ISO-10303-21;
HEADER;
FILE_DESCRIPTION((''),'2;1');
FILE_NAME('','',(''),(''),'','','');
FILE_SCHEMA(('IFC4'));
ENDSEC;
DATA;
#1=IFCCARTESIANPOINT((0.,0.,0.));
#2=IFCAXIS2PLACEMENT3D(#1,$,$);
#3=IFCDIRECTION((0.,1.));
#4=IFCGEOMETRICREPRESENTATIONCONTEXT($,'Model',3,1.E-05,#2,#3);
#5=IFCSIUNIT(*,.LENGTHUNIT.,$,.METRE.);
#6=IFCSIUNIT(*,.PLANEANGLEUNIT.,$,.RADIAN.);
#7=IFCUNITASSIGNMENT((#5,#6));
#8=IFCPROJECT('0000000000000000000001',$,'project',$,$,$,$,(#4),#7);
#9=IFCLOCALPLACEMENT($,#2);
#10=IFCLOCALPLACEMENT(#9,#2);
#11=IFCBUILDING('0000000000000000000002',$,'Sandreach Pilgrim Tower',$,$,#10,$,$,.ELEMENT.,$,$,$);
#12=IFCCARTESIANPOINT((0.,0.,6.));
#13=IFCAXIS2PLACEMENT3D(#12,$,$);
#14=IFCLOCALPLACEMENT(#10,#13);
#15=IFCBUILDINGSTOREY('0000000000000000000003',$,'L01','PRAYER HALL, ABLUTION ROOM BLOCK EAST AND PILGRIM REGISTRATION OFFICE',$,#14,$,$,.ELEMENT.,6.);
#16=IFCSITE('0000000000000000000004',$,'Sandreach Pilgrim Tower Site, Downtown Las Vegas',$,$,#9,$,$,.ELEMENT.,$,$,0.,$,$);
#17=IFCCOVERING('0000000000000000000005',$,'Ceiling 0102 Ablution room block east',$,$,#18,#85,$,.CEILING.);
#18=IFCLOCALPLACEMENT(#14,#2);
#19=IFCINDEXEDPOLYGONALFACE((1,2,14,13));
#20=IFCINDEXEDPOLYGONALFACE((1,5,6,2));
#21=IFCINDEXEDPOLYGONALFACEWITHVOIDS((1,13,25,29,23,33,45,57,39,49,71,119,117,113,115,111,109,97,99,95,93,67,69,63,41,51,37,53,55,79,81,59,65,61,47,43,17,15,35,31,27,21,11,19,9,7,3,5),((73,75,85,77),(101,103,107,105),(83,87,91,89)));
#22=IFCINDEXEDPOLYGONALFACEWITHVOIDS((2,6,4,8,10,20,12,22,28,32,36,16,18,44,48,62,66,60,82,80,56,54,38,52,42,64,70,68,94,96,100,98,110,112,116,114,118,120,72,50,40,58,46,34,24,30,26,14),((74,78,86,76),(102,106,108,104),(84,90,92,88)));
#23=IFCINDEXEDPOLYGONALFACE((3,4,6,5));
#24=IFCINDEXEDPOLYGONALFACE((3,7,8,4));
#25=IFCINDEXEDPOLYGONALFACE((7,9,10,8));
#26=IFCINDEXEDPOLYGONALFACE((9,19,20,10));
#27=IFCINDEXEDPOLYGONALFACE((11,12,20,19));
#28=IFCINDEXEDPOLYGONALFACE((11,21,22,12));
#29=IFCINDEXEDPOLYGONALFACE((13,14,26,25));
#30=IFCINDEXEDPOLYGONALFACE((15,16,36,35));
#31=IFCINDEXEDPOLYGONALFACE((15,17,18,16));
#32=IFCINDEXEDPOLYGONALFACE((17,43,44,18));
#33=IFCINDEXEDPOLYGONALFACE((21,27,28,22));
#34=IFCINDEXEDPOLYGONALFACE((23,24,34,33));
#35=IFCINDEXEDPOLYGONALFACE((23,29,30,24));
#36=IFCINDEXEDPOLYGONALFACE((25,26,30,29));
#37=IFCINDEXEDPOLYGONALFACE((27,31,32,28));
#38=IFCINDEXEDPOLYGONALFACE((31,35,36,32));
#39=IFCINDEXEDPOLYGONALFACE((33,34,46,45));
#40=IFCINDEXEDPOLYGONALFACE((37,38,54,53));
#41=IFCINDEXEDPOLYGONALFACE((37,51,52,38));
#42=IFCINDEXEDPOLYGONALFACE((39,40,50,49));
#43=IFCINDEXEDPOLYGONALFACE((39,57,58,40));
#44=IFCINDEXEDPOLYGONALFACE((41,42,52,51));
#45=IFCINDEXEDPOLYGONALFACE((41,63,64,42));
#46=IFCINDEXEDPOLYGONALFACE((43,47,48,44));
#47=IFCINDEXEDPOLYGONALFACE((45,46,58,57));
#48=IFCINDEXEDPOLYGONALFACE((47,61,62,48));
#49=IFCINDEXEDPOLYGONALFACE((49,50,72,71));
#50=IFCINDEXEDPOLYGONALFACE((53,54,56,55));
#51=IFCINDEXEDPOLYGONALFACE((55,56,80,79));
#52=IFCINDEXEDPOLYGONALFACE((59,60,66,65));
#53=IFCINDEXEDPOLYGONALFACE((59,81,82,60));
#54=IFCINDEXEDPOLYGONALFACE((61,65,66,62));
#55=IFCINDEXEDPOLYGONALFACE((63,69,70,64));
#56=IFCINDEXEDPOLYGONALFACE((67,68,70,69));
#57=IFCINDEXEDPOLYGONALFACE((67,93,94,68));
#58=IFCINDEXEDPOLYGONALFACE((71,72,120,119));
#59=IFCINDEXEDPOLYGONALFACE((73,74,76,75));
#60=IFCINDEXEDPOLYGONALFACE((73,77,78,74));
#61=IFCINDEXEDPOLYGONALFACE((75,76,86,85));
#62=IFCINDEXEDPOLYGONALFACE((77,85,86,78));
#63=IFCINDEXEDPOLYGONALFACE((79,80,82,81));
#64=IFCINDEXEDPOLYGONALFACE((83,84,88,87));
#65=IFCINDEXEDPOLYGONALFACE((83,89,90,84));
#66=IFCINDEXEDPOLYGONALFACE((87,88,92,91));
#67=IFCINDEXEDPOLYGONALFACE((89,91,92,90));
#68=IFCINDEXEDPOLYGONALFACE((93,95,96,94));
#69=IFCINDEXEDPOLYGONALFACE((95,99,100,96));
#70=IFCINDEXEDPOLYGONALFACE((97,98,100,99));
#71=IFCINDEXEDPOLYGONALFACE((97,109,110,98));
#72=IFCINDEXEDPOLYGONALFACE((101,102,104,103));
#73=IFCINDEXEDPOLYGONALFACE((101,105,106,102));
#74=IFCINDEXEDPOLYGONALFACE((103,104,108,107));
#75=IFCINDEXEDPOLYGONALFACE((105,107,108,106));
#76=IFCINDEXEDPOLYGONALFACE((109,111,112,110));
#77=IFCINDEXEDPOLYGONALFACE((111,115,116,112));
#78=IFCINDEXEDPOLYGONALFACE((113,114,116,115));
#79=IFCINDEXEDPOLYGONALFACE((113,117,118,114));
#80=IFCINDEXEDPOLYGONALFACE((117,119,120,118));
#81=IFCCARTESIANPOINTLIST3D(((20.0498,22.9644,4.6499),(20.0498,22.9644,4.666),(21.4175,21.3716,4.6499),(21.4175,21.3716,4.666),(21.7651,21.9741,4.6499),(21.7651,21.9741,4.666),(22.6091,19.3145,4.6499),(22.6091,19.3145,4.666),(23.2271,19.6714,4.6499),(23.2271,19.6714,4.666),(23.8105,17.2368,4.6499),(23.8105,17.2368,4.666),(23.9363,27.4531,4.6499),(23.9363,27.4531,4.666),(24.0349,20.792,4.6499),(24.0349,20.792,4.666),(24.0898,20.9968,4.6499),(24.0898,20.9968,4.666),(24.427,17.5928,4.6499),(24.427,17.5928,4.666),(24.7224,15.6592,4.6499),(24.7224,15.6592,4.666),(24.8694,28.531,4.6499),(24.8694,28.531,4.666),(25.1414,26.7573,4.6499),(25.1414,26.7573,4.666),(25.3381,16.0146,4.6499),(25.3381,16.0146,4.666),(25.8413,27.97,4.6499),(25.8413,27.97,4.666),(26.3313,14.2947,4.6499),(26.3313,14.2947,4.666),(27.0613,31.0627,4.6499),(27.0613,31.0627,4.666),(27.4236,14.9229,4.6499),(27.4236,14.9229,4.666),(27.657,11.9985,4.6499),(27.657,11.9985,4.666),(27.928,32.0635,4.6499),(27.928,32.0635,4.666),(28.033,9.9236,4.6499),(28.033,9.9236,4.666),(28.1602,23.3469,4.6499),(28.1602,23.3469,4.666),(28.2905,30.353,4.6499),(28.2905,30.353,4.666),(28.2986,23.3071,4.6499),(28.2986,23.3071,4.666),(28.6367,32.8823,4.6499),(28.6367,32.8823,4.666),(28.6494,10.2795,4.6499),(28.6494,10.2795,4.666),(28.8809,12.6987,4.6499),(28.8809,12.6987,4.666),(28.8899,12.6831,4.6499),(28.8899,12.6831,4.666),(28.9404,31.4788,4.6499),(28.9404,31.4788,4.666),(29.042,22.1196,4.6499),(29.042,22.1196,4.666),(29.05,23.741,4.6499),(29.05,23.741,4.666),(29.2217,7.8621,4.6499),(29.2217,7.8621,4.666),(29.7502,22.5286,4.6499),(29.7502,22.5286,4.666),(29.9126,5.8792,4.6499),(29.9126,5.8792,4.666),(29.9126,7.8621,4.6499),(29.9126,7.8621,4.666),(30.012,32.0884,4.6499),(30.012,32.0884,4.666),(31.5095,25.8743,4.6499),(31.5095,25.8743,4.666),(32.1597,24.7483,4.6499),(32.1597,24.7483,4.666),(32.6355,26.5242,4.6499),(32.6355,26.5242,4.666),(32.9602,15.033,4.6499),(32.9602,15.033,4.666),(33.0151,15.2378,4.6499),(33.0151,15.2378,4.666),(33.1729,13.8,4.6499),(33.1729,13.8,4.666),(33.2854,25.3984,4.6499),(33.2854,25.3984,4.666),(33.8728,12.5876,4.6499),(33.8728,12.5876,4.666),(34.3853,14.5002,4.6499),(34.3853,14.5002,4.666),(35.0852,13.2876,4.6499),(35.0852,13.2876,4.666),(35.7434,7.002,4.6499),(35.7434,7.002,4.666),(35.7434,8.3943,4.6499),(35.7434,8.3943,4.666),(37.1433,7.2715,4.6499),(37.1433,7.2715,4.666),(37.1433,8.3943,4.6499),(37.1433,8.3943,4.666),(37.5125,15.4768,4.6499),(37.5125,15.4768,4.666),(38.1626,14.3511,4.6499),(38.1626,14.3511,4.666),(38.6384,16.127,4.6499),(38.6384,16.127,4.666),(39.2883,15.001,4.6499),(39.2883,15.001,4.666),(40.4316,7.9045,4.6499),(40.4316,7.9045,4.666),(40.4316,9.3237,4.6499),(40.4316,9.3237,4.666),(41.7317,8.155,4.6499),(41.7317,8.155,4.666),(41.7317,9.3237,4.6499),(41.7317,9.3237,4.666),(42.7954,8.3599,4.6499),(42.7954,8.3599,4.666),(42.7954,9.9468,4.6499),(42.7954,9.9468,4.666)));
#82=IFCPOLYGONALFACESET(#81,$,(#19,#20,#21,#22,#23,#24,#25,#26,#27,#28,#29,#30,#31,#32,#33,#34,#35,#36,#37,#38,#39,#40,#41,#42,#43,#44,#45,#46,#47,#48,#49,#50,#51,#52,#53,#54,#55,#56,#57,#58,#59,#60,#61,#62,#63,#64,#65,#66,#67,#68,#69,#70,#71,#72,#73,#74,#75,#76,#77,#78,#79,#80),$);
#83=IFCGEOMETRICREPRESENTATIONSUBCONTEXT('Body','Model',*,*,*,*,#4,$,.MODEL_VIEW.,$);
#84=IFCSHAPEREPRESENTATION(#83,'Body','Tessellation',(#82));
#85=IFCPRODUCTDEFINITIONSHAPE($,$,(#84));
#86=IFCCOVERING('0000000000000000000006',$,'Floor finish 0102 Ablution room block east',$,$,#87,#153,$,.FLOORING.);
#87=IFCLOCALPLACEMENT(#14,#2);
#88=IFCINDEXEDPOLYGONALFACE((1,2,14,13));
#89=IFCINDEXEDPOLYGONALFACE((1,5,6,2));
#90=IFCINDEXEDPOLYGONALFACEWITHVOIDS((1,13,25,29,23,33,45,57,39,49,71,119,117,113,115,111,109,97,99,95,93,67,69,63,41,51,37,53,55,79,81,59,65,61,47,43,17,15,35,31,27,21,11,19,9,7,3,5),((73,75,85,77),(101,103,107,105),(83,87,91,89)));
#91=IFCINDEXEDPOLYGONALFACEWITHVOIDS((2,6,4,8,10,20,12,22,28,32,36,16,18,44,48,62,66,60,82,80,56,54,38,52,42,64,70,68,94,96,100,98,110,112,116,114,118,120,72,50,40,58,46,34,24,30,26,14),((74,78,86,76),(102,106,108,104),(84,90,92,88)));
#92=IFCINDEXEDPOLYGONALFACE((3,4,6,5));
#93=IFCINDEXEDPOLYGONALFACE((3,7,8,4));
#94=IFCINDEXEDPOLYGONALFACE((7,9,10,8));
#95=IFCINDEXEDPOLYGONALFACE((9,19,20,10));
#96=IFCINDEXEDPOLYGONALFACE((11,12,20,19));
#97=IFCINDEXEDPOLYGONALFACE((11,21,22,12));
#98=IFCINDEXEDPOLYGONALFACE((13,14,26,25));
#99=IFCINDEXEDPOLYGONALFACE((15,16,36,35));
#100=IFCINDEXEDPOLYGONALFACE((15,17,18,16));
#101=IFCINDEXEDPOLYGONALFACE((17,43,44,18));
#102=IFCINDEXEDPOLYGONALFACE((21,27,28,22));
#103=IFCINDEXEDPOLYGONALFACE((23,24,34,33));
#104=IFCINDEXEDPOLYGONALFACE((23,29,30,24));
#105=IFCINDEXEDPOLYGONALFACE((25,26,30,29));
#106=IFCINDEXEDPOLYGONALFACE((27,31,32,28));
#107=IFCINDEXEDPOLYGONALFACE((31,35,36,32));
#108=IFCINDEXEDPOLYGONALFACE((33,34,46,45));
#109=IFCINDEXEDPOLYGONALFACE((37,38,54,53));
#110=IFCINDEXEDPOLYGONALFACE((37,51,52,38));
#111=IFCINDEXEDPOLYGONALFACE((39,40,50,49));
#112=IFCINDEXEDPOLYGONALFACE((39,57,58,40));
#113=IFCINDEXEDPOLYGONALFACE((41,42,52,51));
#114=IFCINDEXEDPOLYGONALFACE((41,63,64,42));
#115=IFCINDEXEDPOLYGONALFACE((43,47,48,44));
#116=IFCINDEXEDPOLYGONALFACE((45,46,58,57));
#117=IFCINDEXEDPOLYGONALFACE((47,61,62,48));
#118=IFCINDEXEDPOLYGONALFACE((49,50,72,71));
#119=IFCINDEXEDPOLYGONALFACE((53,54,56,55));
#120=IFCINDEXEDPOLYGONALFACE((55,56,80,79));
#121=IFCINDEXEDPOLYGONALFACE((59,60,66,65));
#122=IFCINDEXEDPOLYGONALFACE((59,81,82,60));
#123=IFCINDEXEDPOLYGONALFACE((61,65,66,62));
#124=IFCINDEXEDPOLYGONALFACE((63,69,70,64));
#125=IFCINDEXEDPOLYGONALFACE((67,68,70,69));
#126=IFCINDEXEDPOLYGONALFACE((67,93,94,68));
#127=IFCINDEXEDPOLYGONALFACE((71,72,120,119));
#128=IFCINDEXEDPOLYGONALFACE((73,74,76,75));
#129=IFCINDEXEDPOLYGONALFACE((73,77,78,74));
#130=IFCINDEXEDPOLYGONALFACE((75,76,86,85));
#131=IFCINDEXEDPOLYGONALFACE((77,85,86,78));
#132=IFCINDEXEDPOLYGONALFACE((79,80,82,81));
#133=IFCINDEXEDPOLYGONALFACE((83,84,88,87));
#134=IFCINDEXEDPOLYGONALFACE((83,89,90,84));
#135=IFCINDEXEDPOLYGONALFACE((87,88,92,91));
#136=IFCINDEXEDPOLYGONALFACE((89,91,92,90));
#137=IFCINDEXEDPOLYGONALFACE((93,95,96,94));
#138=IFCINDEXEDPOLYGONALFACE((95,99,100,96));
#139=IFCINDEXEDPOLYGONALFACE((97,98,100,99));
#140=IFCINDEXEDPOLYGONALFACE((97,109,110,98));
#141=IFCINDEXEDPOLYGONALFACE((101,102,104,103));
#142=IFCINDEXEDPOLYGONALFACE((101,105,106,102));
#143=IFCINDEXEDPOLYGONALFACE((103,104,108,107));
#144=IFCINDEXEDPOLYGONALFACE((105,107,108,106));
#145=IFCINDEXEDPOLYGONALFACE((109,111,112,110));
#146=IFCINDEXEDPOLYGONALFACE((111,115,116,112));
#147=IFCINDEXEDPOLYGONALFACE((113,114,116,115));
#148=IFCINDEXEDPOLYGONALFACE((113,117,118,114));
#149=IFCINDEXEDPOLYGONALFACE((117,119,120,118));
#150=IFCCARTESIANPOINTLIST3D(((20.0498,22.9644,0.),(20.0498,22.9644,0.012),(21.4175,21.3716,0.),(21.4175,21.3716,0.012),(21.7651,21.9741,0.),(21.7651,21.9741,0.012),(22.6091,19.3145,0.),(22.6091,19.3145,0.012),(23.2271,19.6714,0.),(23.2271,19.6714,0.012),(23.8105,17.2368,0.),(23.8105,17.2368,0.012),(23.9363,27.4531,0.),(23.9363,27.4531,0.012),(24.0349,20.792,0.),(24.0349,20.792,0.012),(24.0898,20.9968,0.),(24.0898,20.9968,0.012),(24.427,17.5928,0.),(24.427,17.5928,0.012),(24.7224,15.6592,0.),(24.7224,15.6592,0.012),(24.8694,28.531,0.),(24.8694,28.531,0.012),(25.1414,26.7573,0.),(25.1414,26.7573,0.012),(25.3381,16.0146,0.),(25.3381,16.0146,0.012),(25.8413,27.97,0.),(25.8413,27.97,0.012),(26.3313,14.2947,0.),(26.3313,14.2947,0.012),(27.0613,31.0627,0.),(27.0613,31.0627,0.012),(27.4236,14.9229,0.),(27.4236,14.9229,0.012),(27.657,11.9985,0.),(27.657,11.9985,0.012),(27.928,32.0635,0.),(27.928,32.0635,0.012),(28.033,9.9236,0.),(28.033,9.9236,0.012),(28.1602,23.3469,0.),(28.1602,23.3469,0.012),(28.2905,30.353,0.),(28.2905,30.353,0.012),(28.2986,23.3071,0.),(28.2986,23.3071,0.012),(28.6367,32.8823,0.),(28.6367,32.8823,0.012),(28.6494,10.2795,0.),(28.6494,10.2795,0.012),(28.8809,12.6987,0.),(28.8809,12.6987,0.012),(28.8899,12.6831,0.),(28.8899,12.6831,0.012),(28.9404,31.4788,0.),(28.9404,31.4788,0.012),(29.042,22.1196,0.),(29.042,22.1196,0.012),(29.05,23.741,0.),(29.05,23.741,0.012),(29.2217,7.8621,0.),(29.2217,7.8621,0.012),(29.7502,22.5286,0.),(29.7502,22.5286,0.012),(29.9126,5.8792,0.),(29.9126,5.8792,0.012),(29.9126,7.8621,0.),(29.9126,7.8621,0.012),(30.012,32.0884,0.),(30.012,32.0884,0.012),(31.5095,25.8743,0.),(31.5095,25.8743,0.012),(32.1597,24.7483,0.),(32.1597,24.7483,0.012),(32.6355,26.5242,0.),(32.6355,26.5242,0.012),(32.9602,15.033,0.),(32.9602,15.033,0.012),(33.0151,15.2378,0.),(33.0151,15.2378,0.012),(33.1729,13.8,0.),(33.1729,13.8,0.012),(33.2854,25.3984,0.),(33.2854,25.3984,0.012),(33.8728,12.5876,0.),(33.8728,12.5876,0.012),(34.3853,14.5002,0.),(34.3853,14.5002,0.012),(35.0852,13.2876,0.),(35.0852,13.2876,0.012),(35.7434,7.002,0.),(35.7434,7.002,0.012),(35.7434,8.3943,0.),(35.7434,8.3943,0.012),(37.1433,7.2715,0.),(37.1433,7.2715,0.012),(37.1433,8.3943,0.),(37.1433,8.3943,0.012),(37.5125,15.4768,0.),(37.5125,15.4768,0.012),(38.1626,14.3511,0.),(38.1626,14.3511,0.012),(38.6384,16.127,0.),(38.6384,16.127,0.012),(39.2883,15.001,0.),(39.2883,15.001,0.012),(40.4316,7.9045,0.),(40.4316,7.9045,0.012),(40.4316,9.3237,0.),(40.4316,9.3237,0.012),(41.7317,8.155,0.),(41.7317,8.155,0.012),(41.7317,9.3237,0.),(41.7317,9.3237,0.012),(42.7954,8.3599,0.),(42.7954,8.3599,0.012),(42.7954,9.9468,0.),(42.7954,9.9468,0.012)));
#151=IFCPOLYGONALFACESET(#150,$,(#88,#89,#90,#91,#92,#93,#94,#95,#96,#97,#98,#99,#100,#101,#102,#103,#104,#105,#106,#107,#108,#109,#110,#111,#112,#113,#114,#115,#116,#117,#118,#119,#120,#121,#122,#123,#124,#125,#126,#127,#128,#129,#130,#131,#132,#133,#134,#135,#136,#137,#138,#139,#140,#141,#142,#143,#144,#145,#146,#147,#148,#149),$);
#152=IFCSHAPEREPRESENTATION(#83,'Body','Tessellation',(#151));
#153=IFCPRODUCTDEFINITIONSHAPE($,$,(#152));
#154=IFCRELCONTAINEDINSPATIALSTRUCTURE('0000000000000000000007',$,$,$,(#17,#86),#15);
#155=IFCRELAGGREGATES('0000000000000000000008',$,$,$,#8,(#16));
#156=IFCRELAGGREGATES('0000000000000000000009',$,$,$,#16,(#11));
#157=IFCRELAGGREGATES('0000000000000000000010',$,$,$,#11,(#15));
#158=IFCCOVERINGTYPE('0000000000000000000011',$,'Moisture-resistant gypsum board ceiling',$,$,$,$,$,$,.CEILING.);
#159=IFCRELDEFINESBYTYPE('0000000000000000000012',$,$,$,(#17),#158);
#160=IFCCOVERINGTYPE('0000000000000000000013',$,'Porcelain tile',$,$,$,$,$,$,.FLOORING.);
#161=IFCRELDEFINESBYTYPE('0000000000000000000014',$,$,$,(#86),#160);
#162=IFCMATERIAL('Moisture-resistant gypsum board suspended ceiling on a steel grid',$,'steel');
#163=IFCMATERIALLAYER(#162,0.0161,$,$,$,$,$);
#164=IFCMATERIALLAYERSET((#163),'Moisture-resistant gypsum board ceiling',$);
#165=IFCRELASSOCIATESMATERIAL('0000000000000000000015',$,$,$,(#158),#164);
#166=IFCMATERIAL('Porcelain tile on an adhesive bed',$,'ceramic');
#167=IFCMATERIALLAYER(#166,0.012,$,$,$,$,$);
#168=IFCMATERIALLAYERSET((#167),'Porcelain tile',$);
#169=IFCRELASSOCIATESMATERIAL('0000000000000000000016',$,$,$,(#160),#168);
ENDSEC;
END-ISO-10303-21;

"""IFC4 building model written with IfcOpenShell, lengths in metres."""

from ifc_helpers import new_model, si_unit, direction, frame, origin, place, context, subcontext, project, spatial, polyline, outline, extrude, material, layer, layer_set, type_object, element, save


model = new_model("IFC4")

# Units and contexts
model_context = context("Model", 3, precision=1e-05, world=origin(), true_north=direction((0.0, 1.0)))
body_context = subcontext(model_context, "Body", "Model", "MODEL_VIEW")
ifc_project = project(units=[si_unit("LENGTHUNIT", "METRE"), si_unit("PLANEANGLEUNIT", "RADIAN")], contexts=[model_context])

# Site, building, storey
site_placement = place(None, origin())
site = spatial("IfcSite", under=ifc_project, at=site_placement, Name="Sandreach Pilgrim Tower Site, Downtown Las Vegas", CompositionType="ELEMENT", RefElevation=0.0)
building_placement = place(site_placement, origin())
building = spatial("IfcBuilding", under=site, at=building_placement, Name="Sandreach Pilgrim Tower", CompositionType="ELEMENT")
storey_placement = place(building_placement, frame((0.0, 0.0, 6.0)))
storey = spatial("IfcBuildingStorey", under=building, at=storey_placement, Name="L01", Description="PRAYER HALL, ABLUTION ROOM BLOCK EAST AND PILGRIM REGISTRATION OFFICE", CompositionType="ELEMENT", Elevation=6.0)

# Coverings
ifc_material_1 = material(Name="Moisture-resistant gypsum board suspended ceiling on a steel grid", Category="steel")
ifc_layer_1 = layer(ifc_material_1, 0.0161)
ifc_layer_set_1 = layer_set([ifc_layer_1], Name="Moisture-resistant gypsum board ceiling")
covering_type_1 = type_object("IfcCoveringType", Name="Moisture-resistant gypsum board ceiling", PredefinedType="CEILING", material=ifc_layer_set_1)
covering_1_placement = place(storey_placement, frame((0.0, 0.0, 4.6499)))
element("IfcCovering", 1, at=covering_1_placement, inside=storey, type_object=covering_type_1, Name="Ceiling 0102 Ablution room block east", PredefinedType="CEILING", context=body_context, shape_type="SweptSolid", body=[
    extrude(outline(polyline([(24.0349, 20.792), (27.4236, 14.9229), (26.3313, 14.2947), (25.3381, 16.0146), (24.7224, 15.6592), (23.8105, 17.2368), (24.427, 17.5928), (23.2271, 19.6714), (22.6091, 19.3145), (21.4175, 21.3716), (21.7651, 21.9741), (20.0498, 22.9644), (23.9363, 27.4531), (25.1414, 26.7573), (25.8413, 27.97), (24.8694, 28.531), (27.0613, 31.0627), (28.2905, 30.353), (28.9404, 31.4788), (27.928, 32.0635), (28.6367, 32.8823), (30.012, 32.0884), (42.7954, 9.9468), (42.7954, 8.3599), (41.7317, 8.155), (41.7317, 9.3237), (40.4316, 9.3237), (40.4316, 7.9045), (37.1433, 7.2715), (37.1433, 8.3943), (35.7434, 8.3943), (35.7434, 7.002), (29.9126, 5.8792), (29.9126, 7.8621), (29.2217, 7.8621), (28.033, 9.9236), (28.6494, 10.2795), (27.657, 11.9985), (28.8809, 12.6987), (28.8899, 12.6831), (32.9602, 15.033), (33.0151, 15.2378), (29.042, 22.1196), (29.7502, 22.5286), (29.05, 23.741), (28.2986, 23.3071), (28.1602, 23.3469), (24.0898, 20.9968), (24.0349, 20.792)]), holes=[polyline([(39.2883, 15.001), (38.6384, 16.127), (37.5125, 15.4768), (38.1626, 14.3511), (39.2883, 15.001)]), polyline([(35.0852, 13.2876), (34.3853, 14.5002), (33.1729, 13.8), (33.8728, 12.5876), (35.0852, 13.2876)]), polyline([(32.6355, 26.5242), (31.5095, 25.8743), (32.1597, 24.7483), (33.2854, 25.3984), (32.6355, 26.5242)])]), origin(), (0.0, 0.0, 1.0), 0.0161),
])
ifc_material_2 = material(Name="Porcelain tile on an adhesive bed", Category="ceramic")
ifc_layer_2 = layer(ifc_material_2, 0.012)
ifc_layer_set_2 = layer_set([ifc_layer_2], Name="Porcelain tile")
covering_type_2 = type_object("IfcCoveringType", Name="Porcelain tile", PredefinedType="FLOORING", material=ifc_layer_set_2)
covering_2_placement = place(storey_placement, origin())
element("IfcCovering", 2, at=covering_2_placement, inside=storey, type_object=covering_type_2, Name="Floor finish 0102 Ablution room block east", PredefinedType="FLOORING", context=body_context, shape_type="SweptSolid", body=[
    extrude(outline(polyline([(24.0349, 20.792), (27.4236, 14.9229), (26.3313, 14.2947), (25.3381, 16.0146), (24.7224, 15.6592), (23.8105, 17.2368), (24.427, 17.5928), (23.2271, 19.6714), (22.6091, 19.3145), (21.4175, 21.3716), (21.7651, 21.9741), (20.0498, 22.9644), (23.9363, 27.4531), (25.1414, 26.7573), (25.8413, 27.97), (24.8694, 28.531), (27.0613, 31.0627), (28.2905, 30.353), (28.9404, 31.4788), (27.928, 32.0635), (28.6367, 32.8823), (30.012, 32.0884), (42.7954, 9.9468), (42.7954, 8.3599), (41.7317, 8.155), (41.7317, 9.3237), (40.4316, 9.3237), (40.4316, 7.9045), (37.1433, 7.2715), (37.1433, 8.3943), (35.7434, 8.3943), (35.7434, 7.002), (29.9126, 5.8792), (29.9126, 7.8621), (29.2217, 7.8621), (28.033, 9.9236), (28.6494, 10.2795), (27.657, 11.9985), (28.8809, 12.6987), (28.8899, 12.6831), (32.9602, 15.033), (33.0151, 15.2378), (29.042, 22.1196), (29.7502, 22.5286), (29.05, 23.741), (28.2986, 23.3071), (28.1602, 23.3469), (24.0898, 20.9968), (24.0349, 20.792)]), holes=[polyline([(38.6384, 16.127), (37.5125, 15.4768), (38.1626, 14.3511), (39.2883, 15.001), (38.6384, 16.127)]), polyline([(34.3853, 14.5002), (33.1729, 13.8), (33.8728, 12.5876), (35.0852, 13.2876), (34.3853, 14.5002)]), polyline([(33.2854, 25.3984), (32.6355, 26.5242), (31.5095, 25.8743), (32.1597, 24.7483), (33.2854, 25.3984)])]), origin(), (0.0, 0.0, 1.0), 0.012),
])

save(model, "model.ifc")
